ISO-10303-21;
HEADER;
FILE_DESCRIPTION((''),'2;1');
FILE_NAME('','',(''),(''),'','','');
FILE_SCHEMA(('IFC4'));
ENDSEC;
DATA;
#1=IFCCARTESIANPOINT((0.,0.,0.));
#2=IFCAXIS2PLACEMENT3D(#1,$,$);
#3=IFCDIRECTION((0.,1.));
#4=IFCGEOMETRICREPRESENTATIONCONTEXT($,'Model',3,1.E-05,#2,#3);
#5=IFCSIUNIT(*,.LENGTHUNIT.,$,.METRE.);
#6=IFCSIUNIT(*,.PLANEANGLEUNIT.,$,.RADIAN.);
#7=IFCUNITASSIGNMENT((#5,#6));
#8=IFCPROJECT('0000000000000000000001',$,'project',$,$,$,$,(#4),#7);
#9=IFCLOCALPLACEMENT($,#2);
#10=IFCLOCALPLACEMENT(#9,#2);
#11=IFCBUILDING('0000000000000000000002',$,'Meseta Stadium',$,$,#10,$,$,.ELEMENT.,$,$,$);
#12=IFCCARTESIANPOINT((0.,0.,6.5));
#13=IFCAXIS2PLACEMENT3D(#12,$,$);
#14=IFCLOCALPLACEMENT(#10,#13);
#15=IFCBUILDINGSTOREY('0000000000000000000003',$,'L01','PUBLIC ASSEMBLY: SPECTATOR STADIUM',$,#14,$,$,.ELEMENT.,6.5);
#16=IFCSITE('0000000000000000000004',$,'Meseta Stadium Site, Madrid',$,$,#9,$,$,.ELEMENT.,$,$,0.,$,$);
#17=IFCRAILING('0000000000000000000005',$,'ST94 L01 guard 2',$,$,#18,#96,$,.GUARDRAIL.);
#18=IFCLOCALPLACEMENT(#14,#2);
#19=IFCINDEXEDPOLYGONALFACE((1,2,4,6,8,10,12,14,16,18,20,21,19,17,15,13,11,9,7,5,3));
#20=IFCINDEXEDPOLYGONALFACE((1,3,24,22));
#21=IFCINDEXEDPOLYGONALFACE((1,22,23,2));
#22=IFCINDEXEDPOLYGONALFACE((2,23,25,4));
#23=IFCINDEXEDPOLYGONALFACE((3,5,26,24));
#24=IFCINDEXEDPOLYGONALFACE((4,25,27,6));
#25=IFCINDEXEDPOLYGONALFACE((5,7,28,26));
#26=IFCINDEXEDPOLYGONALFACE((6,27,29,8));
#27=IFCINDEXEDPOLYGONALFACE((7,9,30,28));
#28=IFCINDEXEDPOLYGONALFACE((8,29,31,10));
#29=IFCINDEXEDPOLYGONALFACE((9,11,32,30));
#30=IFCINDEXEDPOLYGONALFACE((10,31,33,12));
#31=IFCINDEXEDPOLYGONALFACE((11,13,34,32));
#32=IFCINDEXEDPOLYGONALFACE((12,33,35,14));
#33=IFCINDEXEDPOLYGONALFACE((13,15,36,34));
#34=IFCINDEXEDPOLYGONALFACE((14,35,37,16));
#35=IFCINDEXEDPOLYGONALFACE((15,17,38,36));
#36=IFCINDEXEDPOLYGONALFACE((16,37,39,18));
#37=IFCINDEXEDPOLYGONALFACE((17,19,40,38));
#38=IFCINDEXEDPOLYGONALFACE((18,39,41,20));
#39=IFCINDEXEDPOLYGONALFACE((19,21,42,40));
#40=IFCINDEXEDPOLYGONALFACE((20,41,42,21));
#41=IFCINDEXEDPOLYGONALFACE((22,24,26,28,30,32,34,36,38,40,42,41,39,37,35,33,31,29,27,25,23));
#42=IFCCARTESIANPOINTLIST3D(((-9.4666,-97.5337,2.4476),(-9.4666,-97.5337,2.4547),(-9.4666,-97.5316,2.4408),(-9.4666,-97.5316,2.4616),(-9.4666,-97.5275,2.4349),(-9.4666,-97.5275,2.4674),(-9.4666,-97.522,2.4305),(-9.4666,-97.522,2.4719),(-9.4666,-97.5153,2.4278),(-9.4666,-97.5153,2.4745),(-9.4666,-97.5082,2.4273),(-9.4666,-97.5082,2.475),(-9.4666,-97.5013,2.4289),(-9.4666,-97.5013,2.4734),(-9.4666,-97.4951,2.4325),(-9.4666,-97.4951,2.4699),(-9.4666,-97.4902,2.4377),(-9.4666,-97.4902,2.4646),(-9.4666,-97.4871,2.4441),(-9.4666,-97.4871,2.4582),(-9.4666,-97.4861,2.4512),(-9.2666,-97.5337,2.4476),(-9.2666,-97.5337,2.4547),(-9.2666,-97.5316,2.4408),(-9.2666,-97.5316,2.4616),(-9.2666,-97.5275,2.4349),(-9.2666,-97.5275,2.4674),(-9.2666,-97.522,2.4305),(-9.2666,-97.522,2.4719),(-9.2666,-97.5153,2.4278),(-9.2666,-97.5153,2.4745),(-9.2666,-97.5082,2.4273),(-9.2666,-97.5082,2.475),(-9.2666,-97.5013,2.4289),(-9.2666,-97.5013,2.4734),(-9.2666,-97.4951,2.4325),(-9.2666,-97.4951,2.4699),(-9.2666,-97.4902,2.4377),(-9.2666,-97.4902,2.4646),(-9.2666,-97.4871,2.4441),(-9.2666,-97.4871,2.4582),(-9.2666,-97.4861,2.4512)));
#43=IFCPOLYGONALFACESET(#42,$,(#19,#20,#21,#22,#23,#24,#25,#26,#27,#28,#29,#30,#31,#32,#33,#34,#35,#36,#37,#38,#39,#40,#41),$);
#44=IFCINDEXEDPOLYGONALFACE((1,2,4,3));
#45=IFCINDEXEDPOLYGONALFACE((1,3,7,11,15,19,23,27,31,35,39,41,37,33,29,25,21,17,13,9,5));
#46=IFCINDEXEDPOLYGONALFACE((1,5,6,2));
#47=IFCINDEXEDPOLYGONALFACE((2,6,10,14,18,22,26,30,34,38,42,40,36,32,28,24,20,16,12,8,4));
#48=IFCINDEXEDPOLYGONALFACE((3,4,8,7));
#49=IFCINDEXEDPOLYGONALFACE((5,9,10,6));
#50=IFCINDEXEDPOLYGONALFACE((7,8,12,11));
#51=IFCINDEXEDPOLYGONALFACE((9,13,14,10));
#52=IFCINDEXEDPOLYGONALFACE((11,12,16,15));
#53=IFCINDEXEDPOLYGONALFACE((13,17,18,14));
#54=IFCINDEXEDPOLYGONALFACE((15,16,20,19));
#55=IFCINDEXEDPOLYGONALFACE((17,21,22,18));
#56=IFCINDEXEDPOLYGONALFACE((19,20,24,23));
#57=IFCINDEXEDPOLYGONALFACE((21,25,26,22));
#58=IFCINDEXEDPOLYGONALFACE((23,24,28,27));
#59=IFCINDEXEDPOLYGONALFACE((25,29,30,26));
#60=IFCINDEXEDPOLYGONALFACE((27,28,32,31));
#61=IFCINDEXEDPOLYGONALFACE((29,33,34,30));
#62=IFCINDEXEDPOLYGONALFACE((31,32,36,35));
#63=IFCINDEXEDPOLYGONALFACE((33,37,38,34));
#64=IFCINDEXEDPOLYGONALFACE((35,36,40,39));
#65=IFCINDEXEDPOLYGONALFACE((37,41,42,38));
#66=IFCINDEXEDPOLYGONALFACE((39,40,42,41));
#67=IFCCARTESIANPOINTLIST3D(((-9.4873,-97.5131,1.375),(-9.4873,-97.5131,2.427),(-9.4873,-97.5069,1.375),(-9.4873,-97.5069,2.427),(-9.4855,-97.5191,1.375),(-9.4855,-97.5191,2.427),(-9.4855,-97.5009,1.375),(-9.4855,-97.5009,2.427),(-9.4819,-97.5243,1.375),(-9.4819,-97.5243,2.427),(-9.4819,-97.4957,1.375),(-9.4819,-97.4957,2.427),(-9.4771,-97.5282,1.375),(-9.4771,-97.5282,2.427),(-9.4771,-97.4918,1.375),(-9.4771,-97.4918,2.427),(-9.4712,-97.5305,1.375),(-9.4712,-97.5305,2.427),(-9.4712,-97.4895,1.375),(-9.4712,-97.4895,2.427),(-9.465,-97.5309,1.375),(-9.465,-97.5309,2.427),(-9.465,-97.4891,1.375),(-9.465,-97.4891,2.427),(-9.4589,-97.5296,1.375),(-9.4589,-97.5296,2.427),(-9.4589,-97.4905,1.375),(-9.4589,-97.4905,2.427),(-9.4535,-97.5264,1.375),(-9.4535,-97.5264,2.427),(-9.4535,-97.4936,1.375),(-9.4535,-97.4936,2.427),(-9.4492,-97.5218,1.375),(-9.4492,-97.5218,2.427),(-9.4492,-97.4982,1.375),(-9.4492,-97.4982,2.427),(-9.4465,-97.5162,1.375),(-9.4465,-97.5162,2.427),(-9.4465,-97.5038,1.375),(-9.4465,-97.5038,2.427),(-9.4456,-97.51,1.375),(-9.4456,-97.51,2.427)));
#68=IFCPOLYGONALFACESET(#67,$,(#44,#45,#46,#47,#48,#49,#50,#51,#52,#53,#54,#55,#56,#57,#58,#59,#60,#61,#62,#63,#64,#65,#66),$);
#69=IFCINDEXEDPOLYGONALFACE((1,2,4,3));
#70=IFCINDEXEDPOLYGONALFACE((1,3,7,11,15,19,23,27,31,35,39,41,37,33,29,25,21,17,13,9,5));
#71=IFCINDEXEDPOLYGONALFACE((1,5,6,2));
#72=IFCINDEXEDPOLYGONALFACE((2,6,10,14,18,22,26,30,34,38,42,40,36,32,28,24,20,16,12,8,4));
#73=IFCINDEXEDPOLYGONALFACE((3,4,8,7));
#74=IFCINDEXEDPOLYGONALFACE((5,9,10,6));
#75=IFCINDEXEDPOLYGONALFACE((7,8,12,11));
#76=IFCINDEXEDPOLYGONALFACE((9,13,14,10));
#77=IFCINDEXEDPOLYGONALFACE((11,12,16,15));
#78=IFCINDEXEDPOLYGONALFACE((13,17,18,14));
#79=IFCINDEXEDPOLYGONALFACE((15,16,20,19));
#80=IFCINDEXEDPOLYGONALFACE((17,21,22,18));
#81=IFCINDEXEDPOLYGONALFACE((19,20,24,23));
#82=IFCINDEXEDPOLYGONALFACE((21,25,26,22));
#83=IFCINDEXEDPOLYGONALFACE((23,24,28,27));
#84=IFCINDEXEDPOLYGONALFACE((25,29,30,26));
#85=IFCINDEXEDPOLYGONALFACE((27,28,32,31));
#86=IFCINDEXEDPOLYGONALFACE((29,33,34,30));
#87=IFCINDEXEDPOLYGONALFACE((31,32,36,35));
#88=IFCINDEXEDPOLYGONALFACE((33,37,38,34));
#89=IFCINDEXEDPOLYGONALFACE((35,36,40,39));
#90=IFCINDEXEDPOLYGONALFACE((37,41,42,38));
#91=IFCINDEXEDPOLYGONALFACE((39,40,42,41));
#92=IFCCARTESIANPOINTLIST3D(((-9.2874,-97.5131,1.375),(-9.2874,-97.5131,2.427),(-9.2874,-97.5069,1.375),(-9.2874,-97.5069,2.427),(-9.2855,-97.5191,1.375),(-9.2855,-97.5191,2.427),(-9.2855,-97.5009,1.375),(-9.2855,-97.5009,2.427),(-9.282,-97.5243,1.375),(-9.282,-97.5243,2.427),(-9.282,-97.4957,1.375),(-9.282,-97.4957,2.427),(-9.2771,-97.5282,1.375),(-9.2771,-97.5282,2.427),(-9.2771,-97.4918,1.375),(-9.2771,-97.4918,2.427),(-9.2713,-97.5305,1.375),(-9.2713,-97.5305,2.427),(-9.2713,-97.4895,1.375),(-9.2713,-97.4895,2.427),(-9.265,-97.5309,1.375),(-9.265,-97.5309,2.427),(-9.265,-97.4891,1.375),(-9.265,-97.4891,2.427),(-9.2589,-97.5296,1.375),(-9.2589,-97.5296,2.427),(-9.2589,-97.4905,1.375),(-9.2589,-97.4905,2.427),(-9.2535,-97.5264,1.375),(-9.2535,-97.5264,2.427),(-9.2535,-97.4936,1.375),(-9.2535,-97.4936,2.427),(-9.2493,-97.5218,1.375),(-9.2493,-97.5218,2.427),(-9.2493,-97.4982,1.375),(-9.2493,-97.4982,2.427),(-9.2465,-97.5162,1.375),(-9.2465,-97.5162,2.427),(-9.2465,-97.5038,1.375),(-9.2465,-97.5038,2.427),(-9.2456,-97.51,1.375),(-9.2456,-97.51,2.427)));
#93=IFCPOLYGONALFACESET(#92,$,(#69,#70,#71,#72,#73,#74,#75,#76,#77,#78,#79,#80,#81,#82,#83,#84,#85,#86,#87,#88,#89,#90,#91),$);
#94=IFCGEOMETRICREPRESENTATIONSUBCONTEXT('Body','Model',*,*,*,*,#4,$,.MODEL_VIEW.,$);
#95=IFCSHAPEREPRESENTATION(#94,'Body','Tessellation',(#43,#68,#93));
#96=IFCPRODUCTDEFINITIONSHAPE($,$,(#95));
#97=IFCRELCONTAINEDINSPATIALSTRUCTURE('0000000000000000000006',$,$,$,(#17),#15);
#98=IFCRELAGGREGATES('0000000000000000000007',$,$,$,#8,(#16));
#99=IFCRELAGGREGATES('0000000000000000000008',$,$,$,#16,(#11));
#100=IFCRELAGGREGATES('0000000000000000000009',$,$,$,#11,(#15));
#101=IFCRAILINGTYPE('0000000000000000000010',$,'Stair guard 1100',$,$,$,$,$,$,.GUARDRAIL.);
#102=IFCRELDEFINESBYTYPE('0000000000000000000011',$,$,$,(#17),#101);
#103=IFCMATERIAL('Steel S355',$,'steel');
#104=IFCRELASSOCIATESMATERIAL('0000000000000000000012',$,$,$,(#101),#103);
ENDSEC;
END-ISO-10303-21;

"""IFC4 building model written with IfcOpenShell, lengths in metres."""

from ifc_helpers import new_model, si_unit, direction, frame, origin, origin_2d, place, context, subcontext, project, spatial, circle, extrude, material, type_object, element, save


model = new_model("IFC4")

# Units and contexts
model_context = context("Model", 3, precision=1e-05, world=origin(), true_north=direction((0.0, 1.0)))
body_context = subcontext(model_context, "Body", "Model", "MODEL_VIEW")
ifc_project = project(units=[si_unit("LENGTHUNIT", "METRE"), si_unit("PLANEANGLEUNIT", "RADIAN")], contexts=[model_context])

# Site, building, storey
site_placement = place(None, origin())
site = spatial("IfcSite", under=ifc_project, at=site_placement, Name="Meseta Stadium Site, Madrid", CompositionType="ELEMENT", RefElevation=0.0)
building_placement = place(site_placement, origin())
building = spatial("IfcBuilding", under=site, at=building_placement, Name="Meseta Stadium", CompositionType="ELEMENT")
storey_placement = place(building_placement, frame((0.0, 0.0, 6.5)))
storey = spatial("IfcBuildingStorey", under=building, at=storey_placement, Name="L01", Description="PUBLIC ASSEMBLY: SPECTATOR STADIUM", CompositionType="ELEMENT", Elevation=6.5)

# Railing
ifc_material_1 = material(Name="Steel S355", Category="steel")
railing_type_1 = type_object("IfcRailingType", Name="Stair guard 1100", PredefinedType="GUARDRAIL", material=ifc_material_1)
railing_1_placement = place(storey_placement, frame((-9.4666, -97.51, 1.375)))
element("IfcRailing", 1, at=railing_1_placement, inside=storey, type_object=railing_type_1, Name="ST94 L01 guard 2", PredefinedType="GUARDRAIL", context=body_context, shape_type="SweptSolid", body=[
    extrude(circle(Radius=0.0239, at=origin_2d()), frame((0.0, 0.0, 1.0762), z_axis=(1.0, 0.0, 0.0), x_axis=(0.0, 1.0, 0.0)), (0.0, 0.0, 1.0), 0.2),
    extrude(circle(Radius=0.021, at=origin_2d()), origin(), (0.0, 0.0, 1.0), 1.052),
    extrude(circle(Radius=0.021, at=origin_2d()), frame((0.2, 0.0, 0.0)), (0.0, 0.0, 1.0), 1.052),
])

save(model, "model.ifc")
